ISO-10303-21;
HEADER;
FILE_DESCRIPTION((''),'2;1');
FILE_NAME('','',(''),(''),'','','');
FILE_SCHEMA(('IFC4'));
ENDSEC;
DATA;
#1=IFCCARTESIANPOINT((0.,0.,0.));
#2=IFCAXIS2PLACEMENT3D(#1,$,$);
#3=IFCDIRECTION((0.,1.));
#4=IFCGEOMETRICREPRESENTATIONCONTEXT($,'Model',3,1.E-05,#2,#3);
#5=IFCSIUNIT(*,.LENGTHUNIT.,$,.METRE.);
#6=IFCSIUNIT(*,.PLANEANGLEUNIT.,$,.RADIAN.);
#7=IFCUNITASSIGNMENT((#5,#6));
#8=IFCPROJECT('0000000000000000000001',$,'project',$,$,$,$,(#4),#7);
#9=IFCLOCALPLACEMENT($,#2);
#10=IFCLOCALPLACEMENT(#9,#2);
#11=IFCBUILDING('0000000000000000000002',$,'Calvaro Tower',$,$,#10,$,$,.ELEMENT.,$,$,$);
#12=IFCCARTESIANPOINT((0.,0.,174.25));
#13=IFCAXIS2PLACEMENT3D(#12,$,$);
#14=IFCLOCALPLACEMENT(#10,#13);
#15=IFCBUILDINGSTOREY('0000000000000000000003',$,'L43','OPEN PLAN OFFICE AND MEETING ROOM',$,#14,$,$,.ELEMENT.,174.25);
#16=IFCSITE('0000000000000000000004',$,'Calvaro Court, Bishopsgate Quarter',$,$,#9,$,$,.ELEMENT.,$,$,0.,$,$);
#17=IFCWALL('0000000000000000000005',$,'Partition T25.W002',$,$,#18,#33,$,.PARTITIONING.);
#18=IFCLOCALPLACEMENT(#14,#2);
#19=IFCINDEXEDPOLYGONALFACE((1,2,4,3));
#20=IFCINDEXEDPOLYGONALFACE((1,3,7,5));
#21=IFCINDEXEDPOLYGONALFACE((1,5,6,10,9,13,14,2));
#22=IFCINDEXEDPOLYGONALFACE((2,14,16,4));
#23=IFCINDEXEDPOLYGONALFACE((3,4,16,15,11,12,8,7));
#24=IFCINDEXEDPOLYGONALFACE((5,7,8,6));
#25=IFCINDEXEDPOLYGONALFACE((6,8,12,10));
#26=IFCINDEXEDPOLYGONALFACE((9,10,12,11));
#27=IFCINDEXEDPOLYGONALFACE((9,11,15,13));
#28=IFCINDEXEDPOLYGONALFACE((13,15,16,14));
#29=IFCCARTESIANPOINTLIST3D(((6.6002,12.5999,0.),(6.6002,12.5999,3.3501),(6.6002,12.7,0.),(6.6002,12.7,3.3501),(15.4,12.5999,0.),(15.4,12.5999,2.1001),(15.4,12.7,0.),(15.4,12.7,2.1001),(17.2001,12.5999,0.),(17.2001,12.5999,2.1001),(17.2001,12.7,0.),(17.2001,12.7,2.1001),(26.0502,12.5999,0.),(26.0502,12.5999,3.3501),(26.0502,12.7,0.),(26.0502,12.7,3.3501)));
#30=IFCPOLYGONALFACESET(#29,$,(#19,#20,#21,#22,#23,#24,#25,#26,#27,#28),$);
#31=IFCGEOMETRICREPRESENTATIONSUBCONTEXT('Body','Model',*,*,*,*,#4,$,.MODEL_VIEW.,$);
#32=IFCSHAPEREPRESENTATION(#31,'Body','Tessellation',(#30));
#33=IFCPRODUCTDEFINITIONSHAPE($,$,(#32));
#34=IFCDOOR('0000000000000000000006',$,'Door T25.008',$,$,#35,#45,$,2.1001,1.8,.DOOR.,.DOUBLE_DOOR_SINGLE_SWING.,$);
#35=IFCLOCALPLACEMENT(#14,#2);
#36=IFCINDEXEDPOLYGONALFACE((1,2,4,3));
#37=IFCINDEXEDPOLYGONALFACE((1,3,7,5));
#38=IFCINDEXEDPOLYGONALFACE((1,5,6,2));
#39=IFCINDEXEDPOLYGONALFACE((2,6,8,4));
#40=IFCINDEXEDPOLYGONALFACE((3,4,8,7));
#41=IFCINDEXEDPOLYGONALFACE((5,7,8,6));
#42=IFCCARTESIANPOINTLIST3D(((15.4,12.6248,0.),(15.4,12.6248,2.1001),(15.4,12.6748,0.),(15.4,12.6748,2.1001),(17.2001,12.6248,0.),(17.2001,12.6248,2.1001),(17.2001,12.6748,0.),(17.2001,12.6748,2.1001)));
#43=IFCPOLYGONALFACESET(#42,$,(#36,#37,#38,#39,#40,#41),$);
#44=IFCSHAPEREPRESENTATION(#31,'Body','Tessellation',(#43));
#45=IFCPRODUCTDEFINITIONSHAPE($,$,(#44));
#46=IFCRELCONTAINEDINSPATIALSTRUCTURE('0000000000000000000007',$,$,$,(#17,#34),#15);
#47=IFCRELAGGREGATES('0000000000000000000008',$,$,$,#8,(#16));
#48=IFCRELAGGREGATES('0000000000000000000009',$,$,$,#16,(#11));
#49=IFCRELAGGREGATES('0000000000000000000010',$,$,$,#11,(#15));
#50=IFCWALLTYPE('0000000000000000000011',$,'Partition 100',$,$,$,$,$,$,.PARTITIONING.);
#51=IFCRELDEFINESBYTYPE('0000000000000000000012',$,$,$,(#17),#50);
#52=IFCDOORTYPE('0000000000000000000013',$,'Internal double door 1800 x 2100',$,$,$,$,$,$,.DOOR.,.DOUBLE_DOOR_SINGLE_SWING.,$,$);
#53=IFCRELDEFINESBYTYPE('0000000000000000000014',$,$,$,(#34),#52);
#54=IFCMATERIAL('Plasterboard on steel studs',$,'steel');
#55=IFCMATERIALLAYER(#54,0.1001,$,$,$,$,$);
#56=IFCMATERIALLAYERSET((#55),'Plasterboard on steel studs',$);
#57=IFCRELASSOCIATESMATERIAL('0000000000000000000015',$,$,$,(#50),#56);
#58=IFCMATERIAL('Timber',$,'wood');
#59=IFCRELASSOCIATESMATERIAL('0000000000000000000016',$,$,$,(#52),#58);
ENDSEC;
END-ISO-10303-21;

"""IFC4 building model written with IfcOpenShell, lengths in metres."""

from ifc_helpers import new_model, si_unit, direction, frame, frame_2d, origin, place, context, subcontext, project, spatial, rectangle, extrude, material, layer, layer_set, type_object, element, fill, save


model = new_model("IFC4")

# Units and contexts
model_context = context("Model", 3, precision=1e-05, world=origin(), true_north=direction((0.0, 1.0)))
body_context = subcontext(model_context, "Body", "Model", "MODEL_VIEW")
ifc_project = project(units=[si_unit("LENGTHUNIT", "METRE"), si_unit("PLANEANGLEUNIT", "RADIAN")], contexts=[model_context])

# Site, building, storey
site_placement = place(None, origin())
site = spatial("IfcSite", under=ifc_project, at=site_placement, Name="Calvaro Court, Bishopsgate Quarter", CompositionType="ELEMENT", RefElevation=0.0)
building_placement = place(site_placement, origin())
building = spatial("IfcBuilding", under=site, at=building_placement, Name="Calvaro Tower", CompositionType="ELEMENT")
storey_placement = place(building_placement, frame((0.0, 0.0, 174.25)))
storey = spatial("IfcBuildingStorey", under=building, at=storey_placement, Name="L43", Description="OPEN PLAN OFFICE AND MEETING ROOM", CompositionType="ELEMENT", Elevation=174.25)

# Shared definitions
ifc_material_1 = material(Name="Plasterboard on steel studs", Category="steel")
ifc_layer_1 = layer(ifc_material_1, 0.1001)
ifc_layer_set_1 = layer_set([ifc_layer_1], Name="Plasterboard on steel studs")
wall_type_1 = type_object("IfcWallType", Name="Partition 100", PredefinedType="PARTITIONING", material=ifc_layer_set_1)

# Wall, opening, door
wall_1_placement = place(storey_placement, frame((6.6001, 12.6499, 0.0), z_axis=(0.0, 0.0, 1.0), x_axis=(1.0, 0.0, 0.0)))
wall_1 = element("IfcWall", 1, at=wall_1_placement, inside=storey, type_object=wall_type_1, Name="Partition T25.W002", PredefinedType="PARTITIONING", context=body_context, shape_type="SweptSolid", body=[
    extrude(rectangle(XDim=19.45, YDim=0.1001, at=frame_2d((9.7251, 0.0))), origin(), (0.0, 0.0, 1.0), 3.3501),
])
opening_1_placement = place(wall_1_placement, frame((8.8, 0.0, 0.0)))
opening_1 = element("IfcOpeningElement", 2, at=opening_1_placement, cuts=wall_1, PredefinedType="OPENING", context=body_context, shape_type="SweptSolid", body=[
    extrude(rectangle(XDim=1.8, YDim=2.1001, at=frame_2d((0.8999, 1.05))), frame((0.0, 0.0601, 0.0), z_axis=(0.0, -1.0, 0.0), x_axis=(1.0, 0.0, 0.0)), (0.0, 0.0, 1.0), 0.1201),
])
ifc_material_2 = material(Name="Timber", Category="wood")
door_type_1 = type_object("IfcDoorType", Name="Internal double door 1800 x 2100", OperationType="DOUBLE_DOOR_SINGLE_SWING", PredefinedType="DOOR", material=ifc_material_2)
door_1_placement = place(opening_1_placement, origin())
door_1 = element("IfcDoor", 3, at=door_1_placement, inside=storey, type_object=door_type_1, Name="Door T25.008", OperationType="DOUBLE_DOOR_SINGLE_SWING", OverallHeight=2.1001, OverallWidth=1.8, PredefinedType="DOOR", context=body_context, shape_type="SweptSolid", body=[
    extrude(rectangle(XDim=1.8, YDim=2.1001, at=frame_2d((0.8999, 1.05))), frame((0.0, 0.0249, 0.0), z_axis=(0.0, -1.0, 0.0), x_axis=(1.0, 0.0, 0.0)), (0.0, 0.0, 1.0), 0.05),
])
fill(opening_1, door_1)

save(model, "model.ifc")
